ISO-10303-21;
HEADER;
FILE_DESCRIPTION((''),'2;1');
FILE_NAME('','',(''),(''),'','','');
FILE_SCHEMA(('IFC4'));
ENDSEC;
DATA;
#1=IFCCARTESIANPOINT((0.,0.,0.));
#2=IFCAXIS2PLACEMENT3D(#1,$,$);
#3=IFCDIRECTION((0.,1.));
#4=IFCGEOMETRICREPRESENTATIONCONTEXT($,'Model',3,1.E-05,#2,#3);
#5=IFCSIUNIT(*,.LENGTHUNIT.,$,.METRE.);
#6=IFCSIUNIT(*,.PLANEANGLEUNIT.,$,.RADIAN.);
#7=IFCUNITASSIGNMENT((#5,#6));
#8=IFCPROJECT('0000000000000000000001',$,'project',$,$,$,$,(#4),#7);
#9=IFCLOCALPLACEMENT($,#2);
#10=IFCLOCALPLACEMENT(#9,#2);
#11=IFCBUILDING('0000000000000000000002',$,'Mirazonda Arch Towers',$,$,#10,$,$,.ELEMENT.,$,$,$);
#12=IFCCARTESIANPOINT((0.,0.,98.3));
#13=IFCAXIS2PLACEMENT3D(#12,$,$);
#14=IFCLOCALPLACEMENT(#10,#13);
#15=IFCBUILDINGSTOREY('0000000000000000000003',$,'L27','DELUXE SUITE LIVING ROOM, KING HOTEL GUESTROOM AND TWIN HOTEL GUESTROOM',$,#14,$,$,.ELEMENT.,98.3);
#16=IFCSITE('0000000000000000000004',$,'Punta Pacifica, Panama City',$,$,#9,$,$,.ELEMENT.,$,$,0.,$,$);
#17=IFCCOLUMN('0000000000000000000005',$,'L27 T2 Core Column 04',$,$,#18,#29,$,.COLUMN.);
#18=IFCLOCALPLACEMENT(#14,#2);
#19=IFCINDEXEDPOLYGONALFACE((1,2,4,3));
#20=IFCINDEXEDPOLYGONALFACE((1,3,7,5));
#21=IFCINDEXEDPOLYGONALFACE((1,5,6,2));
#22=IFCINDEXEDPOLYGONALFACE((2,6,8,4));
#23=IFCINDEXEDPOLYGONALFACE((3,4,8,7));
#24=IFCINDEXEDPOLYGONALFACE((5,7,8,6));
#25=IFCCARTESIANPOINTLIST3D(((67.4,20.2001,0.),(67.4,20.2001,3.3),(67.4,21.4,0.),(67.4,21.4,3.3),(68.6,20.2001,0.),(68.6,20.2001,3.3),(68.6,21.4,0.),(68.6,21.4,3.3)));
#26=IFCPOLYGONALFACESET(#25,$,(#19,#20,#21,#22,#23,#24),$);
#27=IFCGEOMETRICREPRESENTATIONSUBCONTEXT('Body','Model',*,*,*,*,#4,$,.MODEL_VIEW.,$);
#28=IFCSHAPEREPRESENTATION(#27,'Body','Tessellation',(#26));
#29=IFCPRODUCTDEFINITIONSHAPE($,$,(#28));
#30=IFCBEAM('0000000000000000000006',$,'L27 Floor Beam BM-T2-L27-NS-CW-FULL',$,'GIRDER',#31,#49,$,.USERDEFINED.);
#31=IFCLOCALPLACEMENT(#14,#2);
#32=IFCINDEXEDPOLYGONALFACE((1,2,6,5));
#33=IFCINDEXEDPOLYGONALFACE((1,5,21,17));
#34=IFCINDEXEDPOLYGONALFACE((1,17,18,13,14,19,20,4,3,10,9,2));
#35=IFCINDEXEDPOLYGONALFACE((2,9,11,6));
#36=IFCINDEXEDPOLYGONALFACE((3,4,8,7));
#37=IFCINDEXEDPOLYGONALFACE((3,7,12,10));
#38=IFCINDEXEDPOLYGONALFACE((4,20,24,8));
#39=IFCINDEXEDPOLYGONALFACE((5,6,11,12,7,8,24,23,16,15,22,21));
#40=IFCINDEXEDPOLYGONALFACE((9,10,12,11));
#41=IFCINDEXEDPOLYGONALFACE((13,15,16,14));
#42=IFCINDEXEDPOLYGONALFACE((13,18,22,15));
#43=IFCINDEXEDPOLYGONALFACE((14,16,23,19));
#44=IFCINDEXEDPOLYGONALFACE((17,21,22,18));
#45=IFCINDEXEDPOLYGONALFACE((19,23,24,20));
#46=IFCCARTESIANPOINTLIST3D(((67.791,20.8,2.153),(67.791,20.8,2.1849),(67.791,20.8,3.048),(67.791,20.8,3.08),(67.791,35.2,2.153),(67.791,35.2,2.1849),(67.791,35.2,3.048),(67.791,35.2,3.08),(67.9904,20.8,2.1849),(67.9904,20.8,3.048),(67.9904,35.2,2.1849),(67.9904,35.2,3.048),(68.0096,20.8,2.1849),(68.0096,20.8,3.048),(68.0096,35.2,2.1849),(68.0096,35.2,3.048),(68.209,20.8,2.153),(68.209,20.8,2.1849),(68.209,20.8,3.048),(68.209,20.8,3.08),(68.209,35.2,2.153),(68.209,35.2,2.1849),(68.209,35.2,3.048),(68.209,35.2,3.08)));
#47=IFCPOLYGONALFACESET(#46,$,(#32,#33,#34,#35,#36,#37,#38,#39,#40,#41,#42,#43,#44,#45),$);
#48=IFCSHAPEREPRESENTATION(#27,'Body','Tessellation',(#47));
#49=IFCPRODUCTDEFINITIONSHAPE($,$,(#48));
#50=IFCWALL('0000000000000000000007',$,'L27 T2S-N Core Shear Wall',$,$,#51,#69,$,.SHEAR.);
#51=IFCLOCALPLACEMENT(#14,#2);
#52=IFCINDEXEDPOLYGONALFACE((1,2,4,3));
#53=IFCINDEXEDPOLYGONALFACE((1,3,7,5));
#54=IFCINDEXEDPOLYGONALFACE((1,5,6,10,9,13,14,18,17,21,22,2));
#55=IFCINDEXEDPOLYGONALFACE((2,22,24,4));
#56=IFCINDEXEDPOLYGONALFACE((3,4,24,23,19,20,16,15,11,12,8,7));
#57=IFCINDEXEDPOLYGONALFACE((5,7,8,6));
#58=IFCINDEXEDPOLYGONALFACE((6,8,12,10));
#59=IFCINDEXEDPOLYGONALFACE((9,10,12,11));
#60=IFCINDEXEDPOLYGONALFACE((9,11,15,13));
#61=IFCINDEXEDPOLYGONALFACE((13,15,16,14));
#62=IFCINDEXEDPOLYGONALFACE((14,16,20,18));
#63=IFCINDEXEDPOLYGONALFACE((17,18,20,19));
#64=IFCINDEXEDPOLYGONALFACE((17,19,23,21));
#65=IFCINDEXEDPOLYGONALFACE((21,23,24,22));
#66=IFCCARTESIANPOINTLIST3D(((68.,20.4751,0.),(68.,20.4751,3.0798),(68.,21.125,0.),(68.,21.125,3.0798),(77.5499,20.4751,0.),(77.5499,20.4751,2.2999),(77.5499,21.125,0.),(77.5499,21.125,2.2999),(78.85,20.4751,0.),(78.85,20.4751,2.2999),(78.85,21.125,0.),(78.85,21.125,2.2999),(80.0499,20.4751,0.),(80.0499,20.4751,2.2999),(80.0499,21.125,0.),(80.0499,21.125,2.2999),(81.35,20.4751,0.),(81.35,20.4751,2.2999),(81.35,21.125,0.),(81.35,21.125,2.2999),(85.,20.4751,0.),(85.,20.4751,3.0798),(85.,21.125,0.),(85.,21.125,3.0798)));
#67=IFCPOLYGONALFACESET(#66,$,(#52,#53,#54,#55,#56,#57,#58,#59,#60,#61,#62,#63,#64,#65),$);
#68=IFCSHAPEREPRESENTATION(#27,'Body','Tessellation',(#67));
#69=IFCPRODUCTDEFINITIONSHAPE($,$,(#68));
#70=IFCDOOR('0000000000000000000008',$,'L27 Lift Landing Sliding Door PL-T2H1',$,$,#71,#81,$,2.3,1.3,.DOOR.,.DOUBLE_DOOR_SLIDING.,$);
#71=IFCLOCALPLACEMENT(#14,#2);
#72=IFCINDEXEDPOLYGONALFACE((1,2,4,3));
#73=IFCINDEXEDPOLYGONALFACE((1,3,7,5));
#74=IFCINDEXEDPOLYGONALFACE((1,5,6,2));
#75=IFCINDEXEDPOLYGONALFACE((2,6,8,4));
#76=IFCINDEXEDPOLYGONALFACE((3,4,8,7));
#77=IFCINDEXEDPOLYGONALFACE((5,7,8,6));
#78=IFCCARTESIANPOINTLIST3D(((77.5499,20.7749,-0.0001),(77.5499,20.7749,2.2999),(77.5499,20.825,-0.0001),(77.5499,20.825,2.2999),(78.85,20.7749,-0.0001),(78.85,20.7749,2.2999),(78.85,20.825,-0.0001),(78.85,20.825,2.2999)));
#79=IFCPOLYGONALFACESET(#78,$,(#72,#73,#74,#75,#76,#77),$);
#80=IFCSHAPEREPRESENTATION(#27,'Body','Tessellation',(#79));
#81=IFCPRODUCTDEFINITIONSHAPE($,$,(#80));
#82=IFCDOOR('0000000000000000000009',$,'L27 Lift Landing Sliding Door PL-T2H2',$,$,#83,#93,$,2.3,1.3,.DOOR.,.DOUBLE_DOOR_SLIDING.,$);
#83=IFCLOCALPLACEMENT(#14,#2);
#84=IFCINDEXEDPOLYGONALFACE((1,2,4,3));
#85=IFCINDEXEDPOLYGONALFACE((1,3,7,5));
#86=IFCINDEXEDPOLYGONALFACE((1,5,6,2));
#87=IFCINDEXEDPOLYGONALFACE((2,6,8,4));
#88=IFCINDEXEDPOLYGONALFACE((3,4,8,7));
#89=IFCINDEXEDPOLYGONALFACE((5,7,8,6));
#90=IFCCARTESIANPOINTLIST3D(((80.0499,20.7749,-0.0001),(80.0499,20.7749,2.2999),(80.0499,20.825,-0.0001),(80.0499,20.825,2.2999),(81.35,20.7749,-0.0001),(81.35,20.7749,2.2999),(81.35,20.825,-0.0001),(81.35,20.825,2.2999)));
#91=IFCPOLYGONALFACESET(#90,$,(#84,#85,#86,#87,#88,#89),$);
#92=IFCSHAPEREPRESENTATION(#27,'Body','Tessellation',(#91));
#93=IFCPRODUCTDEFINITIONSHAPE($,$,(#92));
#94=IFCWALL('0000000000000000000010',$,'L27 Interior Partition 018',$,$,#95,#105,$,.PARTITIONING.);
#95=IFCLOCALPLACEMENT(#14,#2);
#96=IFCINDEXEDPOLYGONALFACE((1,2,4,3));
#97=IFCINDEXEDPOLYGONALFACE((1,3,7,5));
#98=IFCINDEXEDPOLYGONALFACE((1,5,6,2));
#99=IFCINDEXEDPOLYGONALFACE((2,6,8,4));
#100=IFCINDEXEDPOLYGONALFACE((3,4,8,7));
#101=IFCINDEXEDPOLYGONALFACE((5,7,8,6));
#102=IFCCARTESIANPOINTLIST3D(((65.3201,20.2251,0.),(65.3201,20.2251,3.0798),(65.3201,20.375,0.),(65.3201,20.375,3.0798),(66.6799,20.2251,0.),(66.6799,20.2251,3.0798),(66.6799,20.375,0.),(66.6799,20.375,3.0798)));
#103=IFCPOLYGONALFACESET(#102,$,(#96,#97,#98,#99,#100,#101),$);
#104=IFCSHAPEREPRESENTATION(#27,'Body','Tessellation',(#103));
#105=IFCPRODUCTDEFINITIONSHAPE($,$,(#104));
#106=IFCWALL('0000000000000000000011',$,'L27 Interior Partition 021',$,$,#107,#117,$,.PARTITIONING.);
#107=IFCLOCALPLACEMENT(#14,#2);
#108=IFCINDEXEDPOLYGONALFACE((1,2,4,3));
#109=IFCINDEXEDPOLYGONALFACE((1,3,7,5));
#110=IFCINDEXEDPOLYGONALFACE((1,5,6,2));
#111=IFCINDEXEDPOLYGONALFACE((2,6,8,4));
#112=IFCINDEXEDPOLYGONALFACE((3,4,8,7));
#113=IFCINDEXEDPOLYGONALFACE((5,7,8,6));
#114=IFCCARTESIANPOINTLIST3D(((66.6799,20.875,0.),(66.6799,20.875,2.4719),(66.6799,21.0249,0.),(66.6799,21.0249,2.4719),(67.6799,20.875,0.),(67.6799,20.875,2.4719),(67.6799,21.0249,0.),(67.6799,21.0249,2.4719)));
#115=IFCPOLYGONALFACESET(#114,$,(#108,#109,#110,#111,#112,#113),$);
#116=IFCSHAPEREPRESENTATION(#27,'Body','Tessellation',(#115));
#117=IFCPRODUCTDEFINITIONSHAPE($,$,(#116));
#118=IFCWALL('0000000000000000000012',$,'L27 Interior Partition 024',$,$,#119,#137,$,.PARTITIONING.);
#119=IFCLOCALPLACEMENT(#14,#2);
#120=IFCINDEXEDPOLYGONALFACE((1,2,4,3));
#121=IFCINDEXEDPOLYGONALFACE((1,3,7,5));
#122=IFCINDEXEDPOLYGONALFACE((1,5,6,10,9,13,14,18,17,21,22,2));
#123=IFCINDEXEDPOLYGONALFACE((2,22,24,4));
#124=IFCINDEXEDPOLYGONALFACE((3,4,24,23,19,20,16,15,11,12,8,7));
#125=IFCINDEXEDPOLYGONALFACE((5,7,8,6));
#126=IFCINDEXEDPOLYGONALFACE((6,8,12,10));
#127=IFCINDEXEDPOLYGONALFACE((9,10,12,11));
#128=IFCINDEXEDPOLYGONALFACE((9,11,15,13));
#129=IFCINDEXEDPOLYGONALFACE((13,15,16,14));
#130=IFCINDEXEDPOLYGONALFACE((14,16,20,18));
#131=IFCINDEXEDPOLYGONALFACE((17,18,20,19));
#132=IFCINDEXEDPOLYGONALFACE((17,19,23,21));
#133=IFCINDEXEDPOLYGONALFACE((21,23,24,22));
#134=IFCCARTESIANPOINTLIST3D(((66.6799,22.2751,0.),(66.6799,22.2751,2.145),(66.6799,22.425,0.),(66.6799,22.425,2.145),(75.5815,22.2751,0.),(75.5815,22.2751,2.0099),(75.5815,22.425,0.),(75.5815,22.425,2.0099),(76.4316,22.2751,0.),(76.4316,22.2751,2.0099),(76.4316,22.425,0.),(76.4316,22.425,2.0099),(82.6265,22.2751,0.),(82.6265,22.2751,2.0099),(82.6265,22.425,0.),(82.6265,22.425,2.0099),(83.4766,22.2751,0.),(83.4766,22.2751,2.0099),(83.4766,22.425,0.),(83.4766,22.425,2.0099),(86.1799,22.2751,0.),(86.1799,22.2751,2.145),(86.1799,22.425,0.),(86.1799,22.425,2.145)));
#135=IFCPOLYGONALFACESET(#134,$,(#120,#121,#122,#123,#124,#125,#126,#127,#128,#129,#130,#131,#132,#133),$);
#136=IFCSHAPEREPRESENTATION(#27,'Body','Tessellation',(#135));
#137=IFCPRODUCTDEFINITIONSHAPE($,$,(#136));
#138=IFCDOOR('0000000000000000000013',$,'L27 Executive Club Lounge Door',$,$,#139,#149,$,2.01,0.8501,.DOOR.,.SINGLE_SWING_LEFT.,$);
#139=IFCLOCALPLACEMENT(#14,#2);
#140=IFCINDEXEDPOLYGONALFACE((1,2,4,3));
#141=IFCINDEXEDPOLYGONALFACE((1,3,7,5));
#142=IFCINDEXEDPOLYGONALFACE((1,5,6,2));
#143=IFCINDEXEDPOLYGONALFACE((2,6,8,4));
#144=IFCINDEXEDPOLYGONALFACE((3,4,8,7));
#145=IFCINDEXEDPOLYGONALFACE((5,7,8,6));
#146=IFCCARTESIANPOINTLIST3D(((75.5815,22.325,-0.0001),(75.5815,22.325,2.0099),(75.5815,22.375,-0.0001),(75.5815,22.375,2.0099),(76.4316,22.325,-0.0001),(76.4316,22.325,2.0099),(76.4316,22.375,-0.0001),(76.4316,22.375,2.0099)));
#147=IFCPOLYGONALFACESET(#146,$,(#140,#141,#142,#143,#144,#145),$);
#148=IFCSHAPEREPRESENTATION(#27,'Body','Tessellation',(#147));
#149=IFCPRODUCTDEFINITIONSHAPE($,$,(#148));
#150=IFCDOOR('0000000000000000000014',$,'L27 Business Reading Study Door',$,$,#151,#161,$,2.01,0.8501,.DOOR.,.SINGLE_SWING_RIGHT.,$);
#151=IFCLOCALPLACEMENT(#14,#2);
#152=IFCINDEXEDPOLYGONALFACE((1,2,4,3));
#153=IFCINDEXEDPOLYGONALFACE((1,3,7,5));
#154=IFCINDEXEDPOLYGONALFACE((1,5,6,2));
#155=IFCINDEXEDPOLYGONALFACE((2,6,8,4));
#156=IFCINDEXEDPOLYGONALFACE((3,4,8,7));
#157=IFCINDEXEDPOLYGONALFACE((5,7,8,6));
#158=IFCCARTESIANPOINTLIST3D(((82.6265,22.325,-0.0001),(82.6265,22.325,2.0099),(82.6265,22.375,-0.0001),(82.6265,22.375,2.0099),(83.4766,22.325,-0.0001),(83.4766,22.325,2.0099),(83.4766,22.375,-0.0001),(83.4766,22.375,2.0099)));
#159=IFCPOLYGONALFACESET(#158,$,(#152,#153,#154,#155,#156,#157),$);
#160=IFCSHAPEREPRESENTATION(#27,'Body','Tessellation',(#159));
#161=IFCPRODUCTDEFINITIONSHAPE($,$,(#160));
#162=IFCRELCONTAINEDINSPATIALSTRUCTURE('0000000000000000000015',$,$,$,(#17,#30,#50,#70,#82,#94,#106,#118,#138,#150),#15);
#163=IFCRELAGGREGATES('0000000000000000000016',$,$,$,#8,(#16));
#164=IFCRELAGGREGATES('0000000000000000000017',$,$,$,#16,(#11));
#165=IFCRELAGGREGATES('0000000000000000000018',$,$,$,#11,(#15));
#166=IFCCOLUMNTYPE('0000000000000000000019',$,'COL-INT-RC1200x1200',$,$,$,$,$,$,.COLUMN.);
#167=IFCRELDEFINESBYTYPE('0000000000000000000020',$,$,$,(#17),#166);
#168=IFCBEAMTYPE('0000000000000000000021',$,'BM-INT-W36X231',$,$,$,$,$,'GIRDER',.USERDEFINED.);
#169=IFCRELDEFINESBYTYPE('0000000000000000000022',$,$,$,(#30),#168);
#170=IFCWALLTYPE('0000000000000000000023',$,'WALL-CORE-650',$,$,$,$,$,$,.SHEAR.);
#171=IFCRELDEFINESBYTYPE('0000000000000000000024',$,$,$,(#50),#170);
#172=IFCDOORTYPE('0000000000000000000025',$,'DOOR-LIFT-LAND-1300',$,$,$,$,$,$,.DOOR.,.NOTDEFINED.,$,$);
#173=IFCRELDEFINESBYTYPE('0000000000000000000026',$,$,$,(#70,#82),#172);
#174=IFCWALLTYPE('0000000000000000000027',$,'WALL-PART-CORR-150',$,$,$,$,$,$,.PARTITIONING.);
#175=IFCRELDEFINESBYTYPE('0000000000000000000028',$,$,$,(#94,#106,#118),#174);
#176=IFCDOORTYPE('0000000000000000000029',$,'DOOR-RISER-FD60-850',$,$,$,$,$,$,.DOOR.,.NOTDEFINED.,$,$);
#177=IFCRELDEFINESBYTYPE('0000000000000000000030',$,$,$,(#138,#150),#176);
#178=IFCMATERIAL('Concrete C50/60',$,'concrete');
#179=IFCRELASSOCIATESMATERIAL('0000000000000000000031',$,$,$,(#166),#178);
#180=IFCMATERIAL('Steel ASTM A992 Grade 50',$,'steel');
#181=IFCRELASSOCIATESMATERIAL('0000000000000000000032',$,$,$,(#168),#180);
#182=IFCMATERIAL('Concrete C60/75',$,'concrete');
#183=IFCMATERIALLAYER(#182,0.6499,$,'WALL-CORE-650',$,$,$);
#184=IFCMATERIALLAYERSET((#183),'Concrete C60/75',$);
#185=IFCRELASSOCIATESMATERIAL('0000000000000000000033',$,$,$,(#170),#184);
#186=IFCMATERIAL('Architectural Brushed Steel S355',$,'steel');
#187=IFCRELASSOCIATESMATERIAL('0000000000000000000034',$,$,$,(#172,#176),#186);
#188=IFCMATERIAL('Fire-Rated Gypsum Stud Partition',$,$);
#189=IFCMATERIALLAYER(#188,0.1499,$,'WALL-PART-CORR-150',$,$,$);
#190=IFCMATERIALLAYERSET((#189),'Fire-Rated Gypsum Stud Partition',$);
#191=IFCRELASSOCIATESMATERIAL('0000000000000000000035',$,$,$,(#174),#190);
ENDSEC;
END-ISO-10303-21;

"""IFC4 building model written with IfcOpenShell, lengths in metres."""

from ifc_helpers import new_model, si_unit, direction, frame, frame_2d, origin, origin_2d, place, context, subcontext, project, spatial, rectangle, i_section, extrude, material, layer, layer_set, material_profile, profile_set, type_object, element, fill, save


model = new_model("IFC4")

# Units and contexts
model_context = context("Model", 3, precision=1e-05, world=origin(), true_north=direction((0.0, 1.0)))
body_context = subcontext(model_context, "Body", "Model", "MODEL_VIEW")
ifc_project = project(units=[si_unit("LENGTHUNIT", "METRE"), si_unit("PLANEANGLEUNIT", "RADIAN")], contexts=[model_context])

# Site, building, storey
site_placement = place(None, origin())
site = spatial("IfcSite", under=ifc_project, at=site_placement, Name="Punta Pacifica, Panama City", CompositionType="ELEMENT", RefElevation=0.0)
building_placement = place(site_placement, origin())
building = spatial("IfcBuilding", under=site, at=building_placement, Name="Mirazonda Arch Towers", CompositionType="ELEMENT")
storey_placement = place(building_placement, frame((0.0, 0.0, 98.3)))
storey = spatial("IfcBuildingStorey", under=building, at=storey_placement, Name="L27", Description="DELUXE SUITE LIVING ROOM, KING HOTEL GUESTROOM AND TWIN HOTEL GUESTROOM", CompositionType="ELEMENT", Elevation=98.3)

# Column
ifc_material_1 = material(Name="Concrete C50/60", Category="concrete")
ifc_material_profile_1 = material_profile(ifc_material_1, rectangle(XDim=1.2, YDim=1.2, at=origin_2d()), Name="RC1200x1200")
ifc_profile_set_1 = profile_set([ifc_material_profile_1], Name="Concrete C50/60")
column_type = type_object("IfcColumnType", Name="COL-INT-RC1200x1200", PredefinedType="COLUMN", material=ifc_profile_set_1)
column_placement = place(storey_placement, frame((68.0, 20.8, 0.0), z_axis=(0.0, 0.0, 1.0), x_axis=(1.0, 0.0, 0.0)))
element("IfcColumn", 1, at=column_placement, inside=storey, type_object=column_type, Name="L27 T2 Core Column 04", PredefinedType="COLUMN", context=body_context, shape_type="SweptSolid", body=[
    extrude(rectangle(XDim=1.2, YDim=1.2, at=origin_2d()), origin(), (0.0, 0.0, 1.0), 3.3),
])

# Beam
ifc_material_2 = material(Name="Steel ASTM A992 Grade 50", Category="steel")
ifc_material_profile_2 = material_profile(ifc_material_2, i_section(OverallWidth=0.418, OverallDepth=0.927, WebThickness=0.0193, FlangeThickness=0.032, at=origin_2d()), Name="W36X231")
ifc_profile_set_2 = profile_set([ifc_material_profile_2], Name="Steel ASTM A992 Grade 50")
beam_type = type_object("IfcBeamType", Name="BM-INT-W36X231", ElementType="GIRDER", PredefinedType="USERDEFINED", material=ifc_profile_set_2)
beam_placement = place(storey_placement, frame((68.0, 20.8, 2.6165), z_axis=(0.0, 1.0, 0.0), x_axis=(-1.0, 0.0, 0.0)))
element("IfcBeam", 2, at=beam_placement, inside=storey, type_object=beam_type, Name="L27 Floor Beam BM-T2-L27-NS-CW-FULL", ObjectType="GIRDER", PredefinedType="USERDEFINED", context=body_context, shape_type="SweptSolid", body=[
    extrude(i_section(OverallWidth=0.418, OverallDepth=0.927, WebThickness=0.0193, FlangeThickness=0.032, at=origin_2d()), origin(), (0.0, 0.0, 1.0), 14.3999),
])

# Wall, openings, doors
ifc_material_3 = material(Name="Concrete C60/75", Category="concrete")
ifc_layer_1 = layer(ifc_material_3, 0.6499, Name="WALL-CORE-650")
ifc_layer_set_1 = layer_set([ifc_layer_1], Name="Concrete C60/75")
wall_type_1 = type_object("IfcWallType", Name="WALL-CORE-650", PredefinedType="SHEAR", material=ifc_layer_set_1)
wall_1_placement = place(storey_placement, frame((68.0, 20.8, 0.0), z_axis=(0.0, 0.0, 1.0), x_axis=(1.0, 0.0, 0.0)))
wall_1 = element("IfcWall", 3, at=wall_1_placement, inside=storey, type_object=wall_type_1, Name="L27 T2S-N Core Shear Wall", PredefinedType="SHEAR", context=body_context, shape_type="SweptSolid", body=[
    extrude(rectangle(XDim=17.0, YDim=0.6499, at=frame_2d((8.5, 0.0))), origin(), (0.0, 0.0, 1.0), 3.0798),
])
opening_1_placement = place(wall_1_placement, frame((9.55, 0.0, 0.0)))
opening_1 = element("IfcOpeningElement", 4, at=opening_1_placement, cuts=wall_1, PredefinedType="OPENING", context=body_context, shape_type="SweptSolid", body=[
    extrude(rectangle(XDim=1.3, YDim=2.3, at=frame_2d((0.6499, 1.1499))), frame((0.0, 0.335, 0.0), z_axis=(0.0, -1.0, 0.0), x_axis=(1.0, 0.0, 0.0)), (0.0, 0.0, 1.0), 0.6699),
])
opening_2_placement = place(wall_1_placement, frame((12.05, 0.0, 0.0)))
opening_2 = element("IfcOpeningElement", 5, at=opening_2_placement, cuts=wall_1, PredefinedType="OPENING", context=body_context, shape_type="SweptSolid", body=[
    extrude(rectangle(XDim=1.3, YDim=2.3, at=frame_2d((0.6499, 1.1499))), frame((0.0, 0.335, 0.0), z_axis=(0.0, -1.0, 0.0), x_axis=(1.0, 0.0, 0.0)), (0.0, 0.0, 1.0), 0.6699),
])
ifc_material_4 = material(Name="Architectural Brushed Steel S355", Category="steel")
door_type_1 = type_object("IfcDoorType", Name="DOOR-LIFT-LAND-1300", OperationType="NOTDEFINED", PredefinedType="DOOR", material=ifc_material_4)
door_1_placement = place(opening_1_placement, origin())
door_1 = element("IfcDoor", 6, at=door_1_placement, inside=storey, type_object=door_type_1, Name="L27 Lift Landing Sliding Door PL-T2H1", OperationType="DOUBLE_DOOR_SLIDING", OverallHeight=2.3, OverallWidth=1.3, PredefinedType="DOOR", context=body_context, shape_type="SweptSolid", body=[
    extrude(rectangle(XDim=1.3, YDim=2.3, at=frame_2d((0.6499, 1.1499))), frame((0.0, 0.0249, 0.0), z_axis=(0.0, -1.0, 0.0), x_axis=(1.0, 0.0, 0.0)), (0.0, 0.0, 1.0), 0.05),
])
fill(opening_1, door_1)
door_2_placement = place(opening_2_placement, origin())
door_2 = element("IfcDoor", 7, at=door_2_placement, inside=storey, type_object=door_type_1, Name="L27 Lift Landing Sliding Door PL-T2H2", OperationType="DOUBLE_DOOR_SLIDING", OverallHeight=2.3, OverallWidth=1.3, PredefinedType="DOOR", context=body_context, shape_type="SweptSolid", body=[
    extrude(rectangle(XDim=1.3, YDim=2.3, at=frame_2d((0.6499, 1.1499))), frame((0.0, 0.0249, 0.0), z_axis=(0.0, -1.0, 0.0), x_axis=(1.0, 0.0, 0.0)), (0.0, 0.0, 1.0), 0.05),
])
fill(opening_2, door_2)

# Walls
ifc_material_5 = material(Name="Fire-Rated Gypsum Stud Partition")
ifc_layer_2 = layer(ifc_material_5, 0.1499, Name="WALL-PART-CORR-150")
ifc_layer_set_2 = layer_set([ifc_layer_2], Name="Fire-Rated Gypsum Stud Partition")
wall_type_2 = type_object("IfcWallType", Name="WALL-PART-CORR-150", PredefinedType="PARTITIONING", material=ifc_layer_set_2)
wall_2_placement = place(storey_placement, frame((65.3201, 20.3, 0.0), z_axis=(0.0, 0.0, 1.0), x_axis=(1.0, 0.0, 0.0)))
element("IfcWall", 8, at=wall_2_placement, inside=storey, type_object=wall_type_2, Name="L27 Interior Partition 018", PredefinedType="PARTITIONING", context=body_context, shape_type="SweptSolid", body=[
    extrude(rectangle(XDim=1.3599, YDim=0.1499, at=frame_2d((0.6799, 0.0))), origin(), (0.0, 0.0, 1.0), 3.0798),
])
wall_3_placement = place(storey_placement, frame((66.6799, 20.95, 0.0), z_axis=(0.0, 0.0, 1.0), x_axis=(1.0, 0.0, 0.0)))
element("IfcWall", 9, at=wall_3_placement, inside=storey, type_object=wall_type_2, Name="L27 Interior Partition 021", PredefinedType="PARTITIONING", context=body_context, shape_type="SweptSolid", body=[
    extrude(rectangle(XDim=1.0, YDim=0.1499, at=frame_2d((0.5, 0.0))), origin(), (0.0, 0.0, 1.0), 2.4719),
])

# Wall, openings, doors
wall_4_placement = place(storey_placement, frame((66.6799, 22.3501, 0.0), z_axis=(0.0, 0.0, 1.0), x_axis=(1.0, 0.0, 0.0)))
wall_4 = element("IfcWall", 10, at=wall_4_placement, inside=storey, type_object=wall_type_2, Name="L27 Interior Partition 024", PredefinedType="PARTITIONING", context=body_context, shape_type="SweptSolid", body=[
    extrude(rectangle(XDim=19.5, YDim=0.1499, at=frame_2d((9.75, 0.0))), origin(), (0.0, 0.0, 1.0), 2.145),
])
opening_3_placement = place(wall_4_placement, frame((8.9016, 0.0, 0.0)))
opening_3 = element("IfcOpeningElement", 11, at=opening_3_placement, cuts=wall_4, PredefinedType="OPENING", context=body_context, shape_type="SweptSolid", body=[
    extrude(rectangle(XDim=0.8501, YDim=2.01, at=frame_2d((0.425, 1.0049))), frame((0.0, 0.085, 0.0), z_axis=(0.0, -1.0, 0.0), x_axis=(1.0, 0.0, 0.0)), (0.0, 0.0, 1.0), 0.1699),
])
opening_4_placement = place(wall_4_placement, frame((15.9465, 0.0, 0.0)))
opening_4 = element("IfcOpeningElement", 12, at=opening_4_placement, cuts=wall_4, PredefinedType="OPENING", context=body_context, shape_type="SweptSolid", body=[
    extrude(rectangle(XDim=0.8501, YDim=2.01, at=frame_2d((0.425, 1.0049))), frame((0.0, 0.085, 0.0), z_axis=(0.0, -1.0, 0.0), x_axis=(1.0, 0.0, 0.0)), (0.0, 0.0, 1.0), 0.1699),
])
door_type_2 = type_object("IfcDoorType", Name="DOOR-RISER-FD60-850", OperationType="NOTDEFINED", PredefinedType="DOOR", material=ifc_material_4)
door_3_placement = place(opening_3_placement, origin())
door_3 = element("IfcDoor", 13, at=door_3_placement, inside=storey, type_object=door_type_2, Name="L27 Executive Club Lounge Door", OperationType="SINGLE_SWING_LEFT", OverallHeight=2.01, OverallWidth=0.8501, PredefinedType="DOOR", context=body_context, shape_type="SweptSolid", body=[
    extrude(rectangle(XDim=0.8501, YDim=2.01, at=frame_2d((0.425, 1.0049))), frame((0.0, 0.0249, 0.0), z_axis=(0.0, -1.0, 0.0), x_axis=(1.0, 0.0, 0.0)), (0.0, 0.0, 1.0), 0.05),
])
fill(opening_3, door_3)
door_4_placement = place(opening_4_placement, origin())
door_4 = element("IfcDoor", 14, at=door_4_placement, inside=storey, type_object=door_type_2, Name="L27 Business Reading Study Door", OperationType="SINGLE_SWING_RIGHT", OverallHeight=2.01, OverallWidth=0.8501, PredefinedType="DOOR", context=body_context, shape_type="SweptSolid", body=[
    extrude(rectangle(XDim=0.8501, YDim=2.01, at=frame_2d((0.425, 1.0049))), frame((0.0, 0.0249, 0.0), z_axis=(0.0, -1.0, 0.0), x_axis=(1.0, 0.0, 0.0)), (0.0, 0.0, 1.0), 0.05),
])
fill(opening_4, door_4)

save(model, "model.ifc")
